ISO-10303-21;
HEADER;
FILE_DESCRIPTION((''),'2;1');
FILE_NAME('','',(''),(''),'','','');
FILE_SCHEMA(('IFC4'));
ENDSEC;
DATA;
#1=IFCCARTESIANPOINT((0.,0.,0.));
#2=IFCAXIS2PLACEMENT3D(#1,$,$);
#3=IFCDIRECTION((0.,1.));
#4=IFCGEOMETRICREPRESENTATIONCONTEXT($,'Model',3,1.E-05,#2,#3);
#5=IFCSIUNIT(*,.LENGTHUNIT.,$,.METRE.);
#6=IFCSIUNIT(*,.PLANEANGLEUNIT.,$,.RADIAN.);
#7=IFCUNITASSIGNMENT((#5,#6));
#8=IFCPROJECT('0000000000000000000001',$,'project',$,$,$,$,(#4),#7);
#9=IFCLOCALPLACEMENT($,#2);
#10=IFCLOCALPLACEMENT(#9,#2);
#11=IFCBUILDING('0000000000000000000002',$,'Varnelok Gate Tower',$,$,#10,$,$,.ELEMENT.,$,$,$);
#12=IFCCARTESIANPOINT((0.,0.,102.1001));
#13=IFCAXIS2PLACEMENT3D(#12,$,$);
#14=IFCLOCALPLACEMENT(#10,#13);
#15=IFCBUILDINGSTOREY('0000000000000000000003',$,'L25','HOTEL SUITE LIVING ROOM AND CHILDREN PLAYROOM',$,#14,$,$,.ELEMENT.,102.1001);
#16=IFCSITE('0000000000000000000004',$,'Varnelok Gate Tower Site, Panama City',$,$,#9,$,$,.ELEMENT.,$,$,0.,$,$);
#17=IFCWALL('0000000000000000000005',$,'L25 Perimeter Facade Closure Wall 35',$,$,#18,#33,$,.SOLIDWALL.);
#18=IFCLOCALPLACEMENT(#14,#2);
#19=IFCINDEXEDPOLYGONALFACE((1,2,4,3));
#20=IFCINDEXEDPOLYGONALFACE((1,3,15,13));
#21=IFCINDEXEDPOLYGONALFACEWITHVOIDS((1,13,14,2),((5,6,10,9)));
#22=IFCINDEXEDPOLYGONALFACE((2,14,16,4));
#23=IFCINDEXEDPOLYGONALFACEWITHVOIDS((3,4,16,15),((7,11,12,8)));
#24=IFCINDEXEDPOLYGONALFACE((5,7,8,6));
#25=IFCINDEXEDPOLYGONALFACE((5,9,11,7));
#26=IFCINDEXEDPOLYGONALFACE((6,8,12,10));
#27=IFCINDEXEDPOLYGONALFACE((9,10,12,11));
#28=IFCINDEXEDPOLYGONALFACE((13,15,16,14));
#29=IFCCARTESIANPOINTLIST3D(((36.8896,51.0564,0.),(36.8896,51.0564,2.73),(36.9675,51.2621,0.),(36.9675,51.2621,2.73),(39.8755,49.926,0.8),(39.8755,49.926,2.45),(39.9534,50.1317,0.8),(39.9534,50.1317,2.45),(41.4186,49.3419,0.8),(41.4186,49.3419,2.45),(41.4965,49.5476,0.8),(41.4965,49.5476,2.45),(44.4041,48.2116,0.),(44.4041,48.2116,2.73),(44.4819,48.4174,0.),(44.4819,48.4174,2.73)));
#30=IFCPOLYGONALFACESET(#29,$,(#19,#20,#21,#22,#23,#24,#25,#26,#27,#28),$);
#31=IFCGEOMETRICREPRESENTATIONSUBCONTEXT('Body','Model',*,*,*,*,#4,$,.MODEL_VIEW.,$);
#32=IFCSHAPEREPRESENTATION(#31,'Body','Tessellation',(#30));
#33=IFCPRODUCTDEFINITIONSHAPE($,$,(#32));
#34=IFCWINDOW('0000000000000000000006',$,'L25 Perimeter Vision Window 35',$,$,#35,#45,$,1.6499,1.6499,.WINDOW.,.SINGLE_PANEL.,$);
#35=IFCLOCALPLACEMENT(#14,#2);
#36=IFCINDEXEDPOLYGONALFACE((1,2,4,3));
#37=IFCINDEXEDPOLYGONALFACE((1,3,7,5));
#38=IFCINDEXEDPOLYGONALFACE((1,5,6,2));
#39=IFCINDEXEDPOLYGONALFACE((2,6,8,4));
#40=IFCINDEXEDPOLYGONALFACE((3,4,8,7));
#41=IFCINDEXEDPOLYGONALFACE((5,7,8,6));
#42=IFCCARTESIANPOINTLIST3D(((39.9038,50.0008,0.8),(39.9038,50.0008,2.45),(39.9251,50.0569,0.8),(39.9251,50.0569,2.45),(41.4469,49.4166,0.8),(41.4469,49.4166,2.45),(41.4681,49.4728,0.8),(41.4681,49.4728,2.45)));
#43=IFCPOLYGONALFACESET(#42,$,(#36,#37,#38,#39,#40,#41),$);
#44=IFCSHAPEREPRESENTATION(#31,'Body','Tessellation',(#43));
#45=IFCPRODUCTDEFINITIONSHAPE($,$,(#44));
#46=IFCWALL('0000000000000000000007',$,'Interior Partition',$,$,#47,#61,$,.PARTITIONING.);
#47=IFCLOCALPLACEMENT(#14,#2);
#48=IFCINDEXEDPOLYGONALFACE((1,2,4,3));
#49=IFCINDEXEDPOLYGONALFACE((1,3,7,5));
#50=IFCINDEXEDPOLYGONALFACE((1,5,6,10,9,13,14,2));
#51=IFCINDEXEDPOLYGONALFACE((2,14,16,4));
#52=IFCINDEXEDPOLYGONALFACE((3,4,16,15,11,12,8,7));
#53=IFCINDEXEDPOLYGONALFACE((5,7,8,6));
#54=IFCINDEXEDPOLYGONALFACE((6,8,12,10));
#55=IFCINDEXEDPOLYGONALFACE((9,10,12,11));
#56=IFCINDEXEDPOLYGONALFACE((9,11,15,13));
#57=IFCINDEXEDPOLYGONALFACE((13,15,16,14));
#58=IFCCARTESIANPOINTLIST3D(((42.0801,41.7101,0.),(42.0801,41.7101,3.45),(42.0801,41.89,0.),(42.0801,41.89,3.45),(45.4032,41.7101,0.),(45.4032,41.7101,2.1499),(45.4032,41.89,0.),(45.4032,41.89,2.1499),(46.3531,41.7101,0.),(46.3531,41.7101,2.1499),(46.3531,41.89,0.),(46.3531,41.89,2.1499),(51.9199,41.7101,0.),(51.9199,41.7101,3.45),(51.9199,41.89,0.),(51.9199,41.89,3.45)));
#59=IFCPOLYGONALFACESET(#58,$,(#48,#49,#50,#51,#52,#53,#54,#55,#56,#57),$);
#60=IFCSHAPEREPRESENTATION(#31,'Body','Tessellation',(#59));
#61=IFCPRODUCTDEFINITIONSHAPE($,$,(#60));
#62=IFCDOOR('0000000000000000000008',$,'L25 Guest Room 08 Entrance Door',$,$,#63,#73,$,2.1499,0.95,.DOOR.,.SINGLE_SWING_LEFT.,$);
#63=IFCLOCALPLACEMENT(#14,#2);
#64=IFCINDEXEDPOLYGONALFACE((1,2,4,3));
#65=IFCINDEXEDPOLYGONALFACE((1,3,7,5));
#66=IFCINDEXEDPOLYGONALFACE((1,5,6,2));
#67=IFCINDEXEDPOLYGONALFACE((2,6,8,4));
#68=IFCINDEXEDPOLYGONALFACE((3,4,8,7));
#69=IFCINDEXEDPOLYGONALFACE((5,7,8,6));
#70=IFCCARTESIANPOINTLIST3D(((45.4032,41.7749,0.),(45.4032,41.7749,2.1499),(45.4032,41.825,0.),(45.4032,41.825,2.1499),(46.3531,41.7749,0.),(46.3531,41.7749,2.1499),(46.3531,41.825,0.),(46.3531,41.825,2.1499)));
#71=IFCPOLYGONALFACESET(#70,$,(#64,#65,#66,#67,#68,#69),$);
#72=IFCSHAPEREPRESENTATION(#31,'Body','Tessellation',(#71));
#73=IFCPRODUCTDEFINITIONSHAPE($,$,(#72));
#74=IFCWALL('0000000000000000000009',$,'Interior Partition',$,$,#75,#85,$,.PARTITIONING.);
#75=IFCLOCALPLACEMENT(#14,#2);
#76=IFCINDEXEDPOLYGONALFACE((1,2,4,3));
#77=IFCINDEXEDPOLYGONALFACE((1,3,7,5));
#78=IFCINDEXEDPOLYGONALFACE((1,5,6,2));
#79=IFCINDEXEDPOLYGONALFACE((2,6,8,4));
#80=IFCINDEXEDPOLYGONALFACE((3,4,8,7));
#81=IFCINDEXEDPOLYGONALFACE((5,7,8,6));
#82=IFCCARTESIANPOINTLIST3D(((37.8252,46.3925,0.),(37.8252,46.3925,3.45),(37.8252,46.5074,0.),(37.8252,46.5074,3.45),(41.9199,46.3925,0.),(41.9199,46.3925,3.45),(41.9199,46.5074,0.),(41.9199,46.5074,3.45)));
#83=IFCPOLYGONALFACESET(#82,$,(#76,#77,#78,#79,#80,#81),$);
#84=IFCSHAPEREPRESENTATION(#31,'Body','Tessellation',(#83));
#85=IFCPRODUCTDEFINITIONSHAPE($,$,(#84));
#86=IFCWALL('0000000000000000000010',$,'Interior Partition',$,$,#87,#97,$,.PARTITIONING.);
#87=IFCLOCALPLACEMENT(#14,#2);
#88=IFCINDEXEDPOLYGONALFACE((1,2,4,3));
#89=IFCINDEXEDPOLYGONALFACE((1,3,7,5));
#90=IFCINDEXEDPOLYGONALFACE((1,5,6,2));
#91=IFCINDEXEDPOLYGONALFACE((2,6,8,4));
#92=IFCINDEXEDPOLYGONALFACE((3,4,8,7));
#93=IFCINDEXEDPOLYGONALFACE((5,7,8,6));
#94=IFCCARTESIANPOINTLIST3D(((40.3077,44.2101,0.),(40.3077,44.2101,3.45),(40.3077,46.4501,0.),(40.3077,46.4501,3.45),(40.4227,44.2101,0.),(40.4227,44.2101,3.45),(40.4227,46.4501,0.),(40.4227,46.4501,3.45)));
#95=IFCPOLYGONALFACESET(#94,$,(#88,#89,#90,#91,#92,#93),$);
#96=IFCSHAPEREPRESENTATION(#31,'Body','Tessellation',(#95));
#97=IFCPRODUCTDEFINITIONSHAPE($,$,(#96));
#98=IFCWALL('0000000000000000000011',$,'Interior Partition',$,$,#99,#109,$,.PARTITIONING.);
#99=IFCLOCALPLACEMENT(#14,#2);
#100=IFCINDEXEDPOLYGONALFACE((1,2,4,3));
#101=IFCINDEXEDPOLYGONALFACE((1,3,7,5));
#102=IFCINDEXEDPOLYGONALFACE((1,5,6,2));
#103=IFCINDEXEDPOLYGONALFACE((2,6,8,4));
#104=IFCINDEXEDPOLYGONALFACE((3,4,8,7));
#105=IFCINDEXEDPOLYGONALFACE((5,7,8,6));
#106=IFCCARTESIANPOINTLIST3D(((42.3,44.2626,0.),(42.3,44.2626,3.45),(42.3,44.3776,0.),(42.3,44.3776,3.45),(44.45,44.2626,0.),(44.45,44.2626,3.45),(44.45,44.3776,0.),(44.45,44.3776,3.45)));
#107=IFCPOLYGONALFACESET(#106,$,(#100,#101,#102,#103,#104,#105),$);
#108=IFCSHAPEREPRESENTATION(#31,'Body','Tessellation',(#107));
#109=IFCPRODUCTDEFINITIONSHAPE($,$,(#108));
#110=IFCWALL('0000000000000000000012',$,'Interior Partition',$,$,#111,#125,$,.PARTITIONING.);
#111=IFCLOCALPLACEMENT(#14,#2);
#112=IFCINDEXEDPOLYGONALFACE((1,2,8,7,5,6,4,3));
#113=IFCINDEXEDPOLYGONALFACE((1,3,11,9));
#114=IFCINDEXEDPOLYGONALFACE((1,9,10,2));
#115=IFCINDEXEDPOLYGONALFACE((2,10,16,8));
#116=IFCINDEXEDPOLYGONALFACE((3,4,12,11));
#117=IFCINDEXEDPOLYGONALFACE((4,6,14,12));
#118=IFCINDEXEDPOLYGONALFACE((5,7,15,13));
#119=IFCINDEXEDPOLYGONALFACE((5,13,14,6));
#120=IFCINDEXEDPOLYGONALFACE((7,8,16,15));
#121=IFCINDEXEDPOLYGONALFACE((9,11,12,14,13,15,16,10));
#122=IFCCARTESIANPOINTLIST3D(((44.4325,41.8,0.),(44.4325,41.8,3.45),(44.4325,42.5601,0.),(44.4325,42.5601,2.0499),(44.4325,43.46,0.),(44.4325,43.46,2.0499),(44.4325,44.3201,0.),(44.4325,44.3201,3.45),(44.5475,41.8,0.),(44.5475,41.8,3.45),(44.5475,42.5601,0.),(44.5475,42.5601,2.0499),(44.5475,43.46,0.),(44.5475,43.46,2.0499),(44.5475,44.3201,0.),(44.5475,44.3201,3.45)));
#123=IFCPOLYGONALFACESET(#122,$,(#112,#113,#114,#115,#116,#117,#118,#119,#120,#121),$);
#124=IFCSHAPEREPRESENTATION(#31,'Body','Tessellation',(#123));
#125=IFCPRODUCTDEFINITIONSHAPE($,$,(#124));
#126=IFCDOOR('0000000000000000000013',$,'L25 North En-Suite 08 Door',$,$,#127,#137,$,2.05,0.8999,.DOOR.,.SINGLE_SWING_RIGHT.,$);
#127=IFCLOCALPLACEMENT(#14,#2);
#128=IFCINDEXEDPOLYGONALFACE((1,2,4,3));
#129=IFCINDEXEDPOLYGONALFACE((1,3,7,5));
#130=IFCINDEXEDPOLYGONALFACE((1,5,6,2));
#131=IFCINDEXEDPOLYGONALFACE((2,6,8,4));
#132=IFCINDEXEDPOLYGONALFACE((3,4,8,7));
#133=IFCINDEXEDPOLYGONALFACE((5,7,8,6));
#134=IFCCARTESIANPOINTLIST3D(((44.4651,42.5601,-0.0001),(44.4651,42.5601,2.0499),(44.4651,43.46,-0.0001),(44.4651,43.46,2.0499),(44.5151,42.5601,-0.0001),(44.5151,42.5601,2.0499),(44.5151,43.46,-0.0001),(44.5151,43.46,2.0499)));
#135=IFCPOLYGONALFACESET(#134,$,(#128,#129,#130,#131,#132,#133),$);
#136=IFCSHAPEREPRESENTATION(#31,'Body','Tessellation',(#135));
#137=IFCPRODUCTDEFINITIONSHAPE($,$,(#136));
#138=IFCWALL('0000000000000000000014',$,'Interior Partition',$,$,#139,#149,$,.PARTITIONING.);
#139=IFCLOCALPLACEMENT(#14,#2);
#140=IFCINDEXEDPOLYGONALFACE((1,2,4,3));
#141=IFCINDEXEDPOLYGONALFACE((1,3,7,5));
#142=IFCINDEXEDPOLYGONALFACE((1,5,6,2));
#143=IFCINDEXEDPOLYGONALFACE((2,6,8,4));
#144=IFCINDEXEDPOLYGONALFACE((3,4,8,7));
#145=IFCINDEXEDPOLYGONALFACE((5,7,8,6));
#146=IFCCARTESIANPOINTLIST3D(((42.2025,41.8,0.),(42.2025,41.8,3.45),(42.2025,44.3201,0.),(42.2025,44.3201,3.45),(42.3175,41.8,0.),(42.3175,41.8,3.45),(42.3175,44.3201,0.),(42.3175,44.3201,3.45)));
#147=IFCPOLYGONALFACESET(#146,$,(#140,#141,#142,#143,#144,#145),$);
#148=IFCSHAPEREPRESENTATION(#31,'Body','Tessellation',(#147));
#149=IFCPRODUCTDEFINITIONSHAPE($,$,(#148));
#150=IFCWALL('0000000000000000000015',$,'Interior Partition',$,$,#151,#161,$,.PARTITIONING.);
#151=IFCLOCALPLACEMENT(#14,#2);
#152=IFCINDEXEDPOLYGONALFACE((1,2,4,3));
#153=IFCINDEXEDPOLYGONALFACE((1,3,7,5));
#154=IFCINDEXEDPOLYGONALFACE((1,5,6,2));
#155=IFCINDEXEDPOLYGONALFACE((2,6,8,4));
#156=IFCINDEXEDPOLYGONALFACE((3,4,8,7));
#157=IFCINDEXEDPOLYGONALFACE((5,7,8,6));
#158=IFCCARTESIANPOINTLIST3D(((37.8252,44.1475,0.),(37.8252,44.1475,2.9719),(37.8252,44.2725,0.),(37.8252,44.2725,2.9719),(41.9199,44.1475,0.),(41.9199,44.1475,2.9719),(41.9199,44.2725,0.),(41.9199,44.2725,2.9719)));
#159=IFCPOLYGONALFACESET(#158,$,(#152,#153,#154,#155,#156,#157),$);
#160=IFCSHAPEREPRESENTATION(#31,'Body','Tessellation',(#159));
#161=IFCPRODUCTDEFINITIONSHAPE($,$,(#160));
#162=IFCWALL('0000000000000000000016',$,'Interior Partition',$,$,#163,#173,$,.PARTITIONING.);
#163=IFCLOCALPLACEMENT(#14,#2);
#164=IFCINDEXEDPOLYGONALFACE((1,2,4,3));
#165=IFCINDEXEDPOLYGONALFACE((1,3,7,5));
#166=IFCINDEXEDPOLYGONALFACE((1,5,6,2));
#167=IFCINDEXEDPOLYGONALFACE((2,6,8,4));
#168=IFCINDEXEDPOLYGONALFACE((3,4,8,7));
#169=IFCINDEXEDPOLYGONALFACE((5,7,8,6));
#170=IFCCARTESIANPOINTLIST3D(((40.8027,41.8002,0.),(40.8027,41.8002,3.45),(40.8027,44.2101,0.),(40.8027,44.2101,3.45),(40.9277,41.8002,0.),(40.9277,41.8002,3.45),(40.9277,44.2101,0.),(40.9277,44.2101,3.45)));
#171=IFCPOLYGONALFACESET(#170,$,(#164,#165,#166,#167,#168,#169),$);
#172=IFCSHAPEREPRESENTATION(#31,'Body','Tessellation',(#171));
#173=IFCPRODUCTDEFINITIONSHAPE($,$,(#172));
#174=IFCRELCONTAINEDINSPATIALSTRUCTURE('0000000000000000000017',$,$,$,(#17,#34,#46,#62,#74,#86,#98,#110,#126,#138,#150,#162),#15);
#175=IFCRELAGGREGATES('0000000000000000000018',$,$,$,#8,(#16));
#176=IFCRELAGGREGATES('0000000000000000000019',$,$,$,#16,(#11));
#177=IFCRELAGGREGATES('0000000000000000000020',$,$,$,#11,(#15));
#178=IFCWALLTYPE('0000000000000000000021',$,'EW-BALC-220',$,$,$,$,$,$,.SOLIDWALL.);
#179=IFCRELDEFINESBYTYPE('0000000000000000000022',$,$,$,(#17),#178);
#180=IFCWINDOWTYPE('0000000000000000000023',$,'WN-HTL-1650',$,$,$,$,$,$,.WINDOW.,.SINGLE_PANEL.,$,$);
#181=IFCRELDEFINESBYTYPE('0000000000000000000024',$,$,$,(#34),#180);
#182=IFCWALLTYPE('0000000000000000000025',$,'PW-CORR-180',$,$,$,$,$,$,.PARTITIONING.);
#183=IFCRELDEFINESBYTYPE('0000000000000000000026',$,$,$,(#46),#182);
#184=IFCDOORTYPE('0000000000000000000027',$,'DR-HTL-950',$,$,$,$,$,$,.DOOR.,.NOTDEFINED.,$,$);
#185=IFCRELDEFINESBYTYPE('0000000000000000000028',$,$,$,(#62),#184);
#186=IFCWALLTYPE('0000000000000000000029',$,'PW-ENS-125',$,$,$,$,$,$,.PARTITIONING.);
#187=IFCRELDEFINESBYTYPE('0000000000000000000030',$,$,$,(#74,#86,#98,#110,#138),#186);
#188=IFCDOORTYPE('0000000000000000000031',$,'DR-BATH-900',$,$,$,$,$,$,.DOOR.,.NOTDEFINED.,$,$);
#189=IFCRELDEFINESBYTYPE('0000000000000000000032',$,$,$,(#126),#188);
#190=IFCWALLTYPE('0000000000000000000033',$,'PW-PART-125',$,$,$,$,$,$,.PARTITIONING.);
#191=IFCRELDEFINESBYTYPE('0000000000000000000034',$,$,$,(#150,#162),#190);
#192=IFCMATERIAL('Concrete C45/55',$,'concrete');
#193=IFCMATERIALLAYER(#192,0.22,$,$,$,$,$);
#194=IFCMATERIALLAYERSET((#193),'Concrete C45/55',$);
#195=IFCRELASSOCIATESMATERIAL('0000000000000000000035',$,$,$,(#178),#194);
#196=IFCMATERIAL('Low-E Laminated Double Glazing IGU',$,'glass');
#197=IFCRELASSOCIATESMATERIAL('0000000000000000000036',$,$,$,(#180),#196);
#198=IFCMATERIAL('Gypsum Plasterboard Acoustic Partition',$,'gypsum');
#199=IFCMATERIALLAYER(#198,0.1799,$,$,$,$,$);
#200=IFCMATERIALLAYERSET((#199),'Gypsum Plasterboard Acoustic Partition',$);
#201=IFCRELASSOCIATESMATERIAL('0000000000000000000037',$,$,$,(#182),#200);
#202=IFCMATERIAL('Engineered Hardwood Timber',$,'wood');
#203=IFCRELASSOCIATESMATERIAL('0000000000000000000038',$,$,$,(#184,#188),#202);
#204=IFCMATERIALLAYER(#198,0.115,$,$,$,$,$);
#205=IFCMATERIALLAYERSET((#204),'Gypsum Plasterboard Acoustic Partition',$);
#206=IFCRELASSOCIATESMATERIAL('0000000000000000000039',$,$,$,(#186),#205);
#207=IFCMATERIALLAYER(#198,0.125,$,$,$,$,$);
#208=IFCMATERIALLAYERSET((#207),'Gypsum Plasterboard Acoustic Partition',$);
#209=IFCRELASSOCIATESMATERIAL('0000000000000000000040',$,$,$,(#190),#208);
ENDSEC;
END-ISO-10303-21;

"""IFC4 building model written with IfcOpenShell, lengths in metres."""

from ifc_helpers import new_model, si_unit, direction, frame, frame_2d, origin, place, context, subcontext, project, spatial, rectangle, extrude, material, layer, layer_set, type_object, element, fill, save


model = new_model("IFC4")

# Units and contexts
model_context = context("Model", 3, precision=1e-05, world=origin(), true_north=direction((0.0, 1.0)))
body_context = subcontext(model_context, "Body", "Model", "MODEL_VIEW")
ifc_project = project(units=[si_unit("LENGTHUNIT", "METRE"), si_unit("PLANEANGLEUNIT", "RADIAN")], contexts=[model_context])

# Site, building, storey
site_placement = place(None, origin())
site = spatial("IfcSite", under=ifc_project, at=site_placement, Name="Varnelok Gate Tower Site, Panama City", CompositionType="ELEMENT", RefElevation=0.0)
building_placement = place(site_placement, origin())
building = spatial("IfcBuilding", under=site, at=building_placement, Name="Varnelok Gate Tower", CompositionType="ELEMENT")
storey_placement = place(building_placement, frame((0.0, 0.0, 102.1001)))
storey = spatial("IfcBuildingStorey", under=building, at=storey_placement, Name="L25", Description="HOTEL SUITE LIVING ROOM AND CHILDREN PLAYROOM", CompositionType="ELEMENT", Elevation=102.1001)

# Shared definitions
ifc_material_1 = material(Name="Concrete C45/55", Category="concrete")
ifc_layer_1 = layer(ifc_material_1, 0.22)
ifc_layer_set_1 = layer_set([ifc_layer_1], Name="Concrete C45/55")
wall_type_1 = type_object("IfcWallType", Name="EW-BALC-220", PredefinedType="SOLIDWALL", material=ifc_layer_set_1)
ifc_material_2 = material(Name="Low-E Laminated Double Glazing IGU", Category="glass")
window_type = type_object("IfcWindowType", Name="WN-HTL-1650", PartitioningType="SINGLE_PANEL", PredefinedType="WINDOW", material=ifc_material_2)

# Wall, opening, window
wall_1_placement = place(storey_placement, frame((44.4431, 48.3145, 0.0), z_axis=(0.0, 0.0, 1.0), x_axis=(-0.935227, 0.354049, 0.0)))
wall_1 = element("IfcWall", 1, at=wall_1_placement, inside=storey, type_object=wall_type_1, Name="L25 Perimeter Facade Closure Wall 35", PredefinedType="SOLIDWALL", context=body_context, shape_type="SweptSolid", body=[
    extrude(rectangle(XDim=8.0349, YDim=0.22, at=frame_2d((4.0176, 0.0))), origin(), (0.0, 0.0, 1.0), 2.73),
])
opening_1_placement = place(wall_1_placement, frame((3.1924, 0.0, 0.8)))
opening_1 = element("IfcOpeningElement", 2, at=opening_1_placement, cuts=wall_1, PredefinedType="OPENING", context=body_context, shape_type="SweptSolid", body=[
    extrude(rectangle(XDim=1.6499, YDim=1.6499, at=frame_2d((0.825, 0.825))), frame((0.0, 0.1199, 0.0), z_axis=(0.0, -1.0, 0.0), x_axis=(1.0, 0.0, 0.0)), (0.0, 0.0, 1.0), 0.24),
])
window_1_placement = place(opening_1_placement, origin())
window_1 = element("IfcWindow", 3, at=window_1_placement, inside=storey, type_object=window_type, Name="L25 Perimeter Vision Window 35", OverallHeight=1.6499, OverallWidth=1.6499, PartitioningType="SINGLE_PANEL", PredefinedType="WINDOW", context=body_context, shape_type="SweptSolid", body=[
    extrude(rectangle(XDim=1.6499, YDim=1.6499, at=frame_2d((0.825, 0.825))), frame((0.0, 0.03, 0.0), z_axis=(0.0, -1.0, 0.0), x_axis=(1.0, 0.0, 0.0)), (0.0, 0.0, 1.0), 0.0601),
])
fill(opening_1, window_1)

# Wall, opening, door
ifc_material_3 = material(Name="Gypsum Plasterboard Acoustic Partition", Category="gypsum")
ifc_layer_2 = layer(ifc_material_3, 0.1799)
ifc_layer_set_2 = layer_set([ifc_layer_2], Name="Gypsum Plasterboard Acoustic Partition")
wall_type_2 = type_object("IfcWallType", Name="PW-CORR-180", PredefinedType="PARTITIONING", material=ifc_layer_set_2)
wall_2_placement = place(storey_placement, frame((42.0801, 41.8, 0.0), z_axis=(0.0, 0.0, 1.0), x_axis=(1.0, 0.0, 0.0)))
wall_2 = element("IfcWall", 4, at=wall_2_placement, inside=storey, type_object=wall_type_2, Name="Interior Partition", PredefinedType="PARTITIONING", context=body_context, shape_type="SweptSolid", body=[
    extrude(rectangle(XDim=9.8398, YDim=0.1799, at=frame_2d((4.9199, 0.0))), origin(), (0.0, 0.0, 1.0), 3.45),
])
opening_2_placement = place(wall_2_placement, frame((3.323, 0.0, 0.0)))
opening_2 = element("IfcOpeningElement", 5, at=opening_2_placement, cuts=wall_2, PredefinedType="OPENING", context=body_context, shape_type="SweptSolid", body=[
    extrude(rectangle(XDim=0.95, YDim=2.1499, at=frame_2d((0.4751, 1.075))), frame((0.0, 0.0999, 0.0), z_axis=(0.0, -1.0, 0.0), x_axis=(1.0, 0.0, 0.0)), (0.0, 0.0, 1.0), 0.2),
])
ifc_material_4 = material(Name="Engineered Hardwood Timber", Category="wood")
door_type_1 = type_object("IfcDoorType", Name="DR-HTL-950", OperationType="NOTDEFINED", PredefinedType="DOOR", material=ifc_material_4)
door_1_placement = place(opening_2_placement, origin())
door_1 = element("IfcDoor", 6, at=door_1_placement, inside=storey, type_object=door_type_1, Name="L25 Guest Room 08 Entrance Door", OperationType="SINGLE_SWING_LEFT", OverallHeight=2.1499, OverallWidth=0.95, PredefinedType="DOOR", context=body_context, shape_type="SweptSolid", body=[
    extrude(rectangle(XDim=0.95, YDim=2.1499, at=frame_2d((0.4751, 1.075))), frame((0.0, 0.0249, 0.0), z_axis=(0.0, -1.0, 0.0), x_axis=(1.0, 0.0, 0.0)), (0.0, 0.0, 1.0), 0.05),
])
fill(opening_2, door_1)

# Walls
ifc_layer_3 = layer(ifc_material_3, 0.115)
ifc_layer_set_3 = layer_set([ifc_layer_3], Name="Gypsum Plasterboard Acoustic Partition")
wall_type_3 = type_object("IfcWallType", Name="PW-ENS-125", PredefinedType="PARTITIONING", material=ifc_layer_set_3)
wall_3_placement = place(storey_placement, frame((37.8252, 46.45, 0.0), z_axis=(0.0, 0.0, 1.0), x_axis=(1.0, 0.0, 0.0)))
element("IfcWall", 7, at=wall_3_placement, inside=storey, type_object=wall_type_3, Name="Interior Partition", PredefinedType="PARTITIONING", context=body_context, shape_type="SweptSolid", body=[
    extrude(rectangle(XDim=4.0947, YDim=0.115, at=frame_2d((2.0474, 0.0))), origin(), (0.0, 0.0, 1.0), 3.45),
])
wall_4_placement = place(storey_placement, frame((40.3652, 44.21, 0.0), z_axis=(0.0, 0.0, 1.0), x_axis=(0.0, 1.0, 0.0)))
element("IfcWall", 8, at=wall_4_placement, inside=storey, type_object=wall_type_3, Name="Interior Partition", PredefinedType="PARTITIONING", context=body_context, shape_type="SweptSolid", body=[
    extrude(rectangle(XDim=2.24, YDim=0.115, at=frame_2d((1.1201, 0.0))), origin(), (0.0, 0.0, 1.0), 3.45),
])
wall_5_placement = place(storey_placement, frame((42.3, 44.3201, 0.0), z_axis=(0.0, 0.0, 1.0), x_axis=(1.0, 0.0, 0.0)))
element("IfcWall", 9, at=wall_5_placement, inside=storey, type_object=wall_type_3, Name="Interior Partition", PredefinedType="PARTITIONING", context=body_context, shape_type="SweptSolid", body=[
    extrude(rectangle(XDim=2.1499, YDim=0.115, at=frame_2d((1.075, 0.0))), origin(), (0.0, 0.0, 1.0), 3.45),
])

# Wall, opening, door
wall_6_placement = place(storey_placement, frame((44.49, 41.8, 0.0), z_axis=(0.0, 0.0, 1.0), x_axis=(0.0, 1.0, 0.0)))
wall_6 = element("IfcWall", 10, at=wall_6_placement, inside=storey, type_object=wall_type_3, Name="Interior Partition", PredefinedType="PARTITIONING", context=body_context, shape_type="SweptSolid", body=[
    extrude(rectangle(XDim=2.52, YDim=0.115, at=frame_2d((1.26, 0.0))), origin(), (0.0, 0.0, 1.0), 3.45),
])
opening_3_placement = place(wall_6_placement, frame((0.76, 0.0, 0.0)))
opening_3 = element("IfcOpeningElement", 11, at=opening_3_placement, cuts=wall_6, PredefinedType="OPENING", context=body_context, shape_type="SweptSolid", body=[
    extrude(rectangle(XDim=0.8999, YDim=2.05, at=frame_2d((0.45, 1.0249))), frame((0.0, 0.0674, 0.0), z_axis=(0.0, -1.0, 0.0), x_axis=(1.0, 0.0, 0.0)), (0.0, 0.0, 1.0), 0.135),
])
door_type_2 = type_object("IfcDoorType", Name="DR-BATH-900", OperationType="NOTDEFINED", PredefinedType="DOOR", material=ifc_material_4)
door_2_placement = place(opening_3_placement, origin())
door_2 = element("IfcDoor", 12, at=door_2_placement, inside=storey, type_object=door_type_2, Name="L25 North En-Suite 08 Door", OperationType="SINGLE_SWING_RIGHT", OverallHeight=2.05, OverallWidth=0.8999, PredefinedType="DOOR", context=body_context, shape_type="SweptSolid", body=[
    extrude(rectangle(XDim=0.8999, YDim=2.05, at=frame_2d((0.45, 1.0249))), frame((0.0, 0.0249, 0.0), z_axis=(0.0, -1.0, 0.0), x_axis=(1.0, 0.0, 0.0)), (0.0, 0.0, 1.0), 0.05),
])
fill(opening_3, door_2)

# Walls
wall_7_placement = place(storey_placement, frame((42.26, 41.8, 0.0), z_axis=(0.0, 0.0, 1.0), x_axis=(0.0, 1.0, 0.0)))
element("IfcWall", 13, at=wall_7_placement, inside=storey, type_object=wall_type_3, Name="Interior Partition", PredefinedType="PARTITIONING", context=body_context, shape_type="SweptSolid", body=[
    extrude(rectangle(XDim=2.52, YDim=0.115, at=frame_2d((1.26, 0.0))), origin(), (0.0, 0.0, 1.0), 3.45),
])
ifc_layer_4 = layer(ifc_material_3, 0.125)
ifc_layer_set_4 = layer_set([ifc_layer_4], Name="Gypsum Plasterboard Acoustic Partition")
wall_type_4 = type_object("IfcWallType", Name="PW-PART-125", PredefinedType="PARTITIONING", material=ifc_layer_set_4)
wall_8_placement = place(storey_placement, frame((37.8252, 44.21, 0.0), z_axis=(0.0, 0.0, 1.0), x_axis=(1.0, 0.0, 0.0)))
element("IfcWall", 14, at=wall_8_placement, inside=storey, type_object=wall_type_4, Name="Interior Partition", PredefinedType="PARTITIONING", context=body_context, shape_type="SweptSolid", body=[
    extrude(rectangle(XDim=4.0947, YDim=0.125, at=frame_2d((2.0474, 0.0))), origin(), (0.0, 0.0, 1.0), 2.9719),
])
wall_9_placement = place(storey_placement, frame((40.8652, 41.8, 0.0), z_axis=(0.0, 0.0, 1.0), x_axis=(0.0, 1.0, 0.0)))
element("IfcWall", 15, at=wall_9_placement, inside=storey, type_object=wall_type_4, Name="Interior Partition", PredefinedType="PARTITIONING", context=body_context, shape_type="SweptSolid", body=[
    extrude(rectangle(XDim=2.4099, YDim=0.125, at=frame_2d((1.2051, 0.0))), origin(), (0.0, 0.0, 1.0), 3.45),
])

save(model, "model.ifc")
